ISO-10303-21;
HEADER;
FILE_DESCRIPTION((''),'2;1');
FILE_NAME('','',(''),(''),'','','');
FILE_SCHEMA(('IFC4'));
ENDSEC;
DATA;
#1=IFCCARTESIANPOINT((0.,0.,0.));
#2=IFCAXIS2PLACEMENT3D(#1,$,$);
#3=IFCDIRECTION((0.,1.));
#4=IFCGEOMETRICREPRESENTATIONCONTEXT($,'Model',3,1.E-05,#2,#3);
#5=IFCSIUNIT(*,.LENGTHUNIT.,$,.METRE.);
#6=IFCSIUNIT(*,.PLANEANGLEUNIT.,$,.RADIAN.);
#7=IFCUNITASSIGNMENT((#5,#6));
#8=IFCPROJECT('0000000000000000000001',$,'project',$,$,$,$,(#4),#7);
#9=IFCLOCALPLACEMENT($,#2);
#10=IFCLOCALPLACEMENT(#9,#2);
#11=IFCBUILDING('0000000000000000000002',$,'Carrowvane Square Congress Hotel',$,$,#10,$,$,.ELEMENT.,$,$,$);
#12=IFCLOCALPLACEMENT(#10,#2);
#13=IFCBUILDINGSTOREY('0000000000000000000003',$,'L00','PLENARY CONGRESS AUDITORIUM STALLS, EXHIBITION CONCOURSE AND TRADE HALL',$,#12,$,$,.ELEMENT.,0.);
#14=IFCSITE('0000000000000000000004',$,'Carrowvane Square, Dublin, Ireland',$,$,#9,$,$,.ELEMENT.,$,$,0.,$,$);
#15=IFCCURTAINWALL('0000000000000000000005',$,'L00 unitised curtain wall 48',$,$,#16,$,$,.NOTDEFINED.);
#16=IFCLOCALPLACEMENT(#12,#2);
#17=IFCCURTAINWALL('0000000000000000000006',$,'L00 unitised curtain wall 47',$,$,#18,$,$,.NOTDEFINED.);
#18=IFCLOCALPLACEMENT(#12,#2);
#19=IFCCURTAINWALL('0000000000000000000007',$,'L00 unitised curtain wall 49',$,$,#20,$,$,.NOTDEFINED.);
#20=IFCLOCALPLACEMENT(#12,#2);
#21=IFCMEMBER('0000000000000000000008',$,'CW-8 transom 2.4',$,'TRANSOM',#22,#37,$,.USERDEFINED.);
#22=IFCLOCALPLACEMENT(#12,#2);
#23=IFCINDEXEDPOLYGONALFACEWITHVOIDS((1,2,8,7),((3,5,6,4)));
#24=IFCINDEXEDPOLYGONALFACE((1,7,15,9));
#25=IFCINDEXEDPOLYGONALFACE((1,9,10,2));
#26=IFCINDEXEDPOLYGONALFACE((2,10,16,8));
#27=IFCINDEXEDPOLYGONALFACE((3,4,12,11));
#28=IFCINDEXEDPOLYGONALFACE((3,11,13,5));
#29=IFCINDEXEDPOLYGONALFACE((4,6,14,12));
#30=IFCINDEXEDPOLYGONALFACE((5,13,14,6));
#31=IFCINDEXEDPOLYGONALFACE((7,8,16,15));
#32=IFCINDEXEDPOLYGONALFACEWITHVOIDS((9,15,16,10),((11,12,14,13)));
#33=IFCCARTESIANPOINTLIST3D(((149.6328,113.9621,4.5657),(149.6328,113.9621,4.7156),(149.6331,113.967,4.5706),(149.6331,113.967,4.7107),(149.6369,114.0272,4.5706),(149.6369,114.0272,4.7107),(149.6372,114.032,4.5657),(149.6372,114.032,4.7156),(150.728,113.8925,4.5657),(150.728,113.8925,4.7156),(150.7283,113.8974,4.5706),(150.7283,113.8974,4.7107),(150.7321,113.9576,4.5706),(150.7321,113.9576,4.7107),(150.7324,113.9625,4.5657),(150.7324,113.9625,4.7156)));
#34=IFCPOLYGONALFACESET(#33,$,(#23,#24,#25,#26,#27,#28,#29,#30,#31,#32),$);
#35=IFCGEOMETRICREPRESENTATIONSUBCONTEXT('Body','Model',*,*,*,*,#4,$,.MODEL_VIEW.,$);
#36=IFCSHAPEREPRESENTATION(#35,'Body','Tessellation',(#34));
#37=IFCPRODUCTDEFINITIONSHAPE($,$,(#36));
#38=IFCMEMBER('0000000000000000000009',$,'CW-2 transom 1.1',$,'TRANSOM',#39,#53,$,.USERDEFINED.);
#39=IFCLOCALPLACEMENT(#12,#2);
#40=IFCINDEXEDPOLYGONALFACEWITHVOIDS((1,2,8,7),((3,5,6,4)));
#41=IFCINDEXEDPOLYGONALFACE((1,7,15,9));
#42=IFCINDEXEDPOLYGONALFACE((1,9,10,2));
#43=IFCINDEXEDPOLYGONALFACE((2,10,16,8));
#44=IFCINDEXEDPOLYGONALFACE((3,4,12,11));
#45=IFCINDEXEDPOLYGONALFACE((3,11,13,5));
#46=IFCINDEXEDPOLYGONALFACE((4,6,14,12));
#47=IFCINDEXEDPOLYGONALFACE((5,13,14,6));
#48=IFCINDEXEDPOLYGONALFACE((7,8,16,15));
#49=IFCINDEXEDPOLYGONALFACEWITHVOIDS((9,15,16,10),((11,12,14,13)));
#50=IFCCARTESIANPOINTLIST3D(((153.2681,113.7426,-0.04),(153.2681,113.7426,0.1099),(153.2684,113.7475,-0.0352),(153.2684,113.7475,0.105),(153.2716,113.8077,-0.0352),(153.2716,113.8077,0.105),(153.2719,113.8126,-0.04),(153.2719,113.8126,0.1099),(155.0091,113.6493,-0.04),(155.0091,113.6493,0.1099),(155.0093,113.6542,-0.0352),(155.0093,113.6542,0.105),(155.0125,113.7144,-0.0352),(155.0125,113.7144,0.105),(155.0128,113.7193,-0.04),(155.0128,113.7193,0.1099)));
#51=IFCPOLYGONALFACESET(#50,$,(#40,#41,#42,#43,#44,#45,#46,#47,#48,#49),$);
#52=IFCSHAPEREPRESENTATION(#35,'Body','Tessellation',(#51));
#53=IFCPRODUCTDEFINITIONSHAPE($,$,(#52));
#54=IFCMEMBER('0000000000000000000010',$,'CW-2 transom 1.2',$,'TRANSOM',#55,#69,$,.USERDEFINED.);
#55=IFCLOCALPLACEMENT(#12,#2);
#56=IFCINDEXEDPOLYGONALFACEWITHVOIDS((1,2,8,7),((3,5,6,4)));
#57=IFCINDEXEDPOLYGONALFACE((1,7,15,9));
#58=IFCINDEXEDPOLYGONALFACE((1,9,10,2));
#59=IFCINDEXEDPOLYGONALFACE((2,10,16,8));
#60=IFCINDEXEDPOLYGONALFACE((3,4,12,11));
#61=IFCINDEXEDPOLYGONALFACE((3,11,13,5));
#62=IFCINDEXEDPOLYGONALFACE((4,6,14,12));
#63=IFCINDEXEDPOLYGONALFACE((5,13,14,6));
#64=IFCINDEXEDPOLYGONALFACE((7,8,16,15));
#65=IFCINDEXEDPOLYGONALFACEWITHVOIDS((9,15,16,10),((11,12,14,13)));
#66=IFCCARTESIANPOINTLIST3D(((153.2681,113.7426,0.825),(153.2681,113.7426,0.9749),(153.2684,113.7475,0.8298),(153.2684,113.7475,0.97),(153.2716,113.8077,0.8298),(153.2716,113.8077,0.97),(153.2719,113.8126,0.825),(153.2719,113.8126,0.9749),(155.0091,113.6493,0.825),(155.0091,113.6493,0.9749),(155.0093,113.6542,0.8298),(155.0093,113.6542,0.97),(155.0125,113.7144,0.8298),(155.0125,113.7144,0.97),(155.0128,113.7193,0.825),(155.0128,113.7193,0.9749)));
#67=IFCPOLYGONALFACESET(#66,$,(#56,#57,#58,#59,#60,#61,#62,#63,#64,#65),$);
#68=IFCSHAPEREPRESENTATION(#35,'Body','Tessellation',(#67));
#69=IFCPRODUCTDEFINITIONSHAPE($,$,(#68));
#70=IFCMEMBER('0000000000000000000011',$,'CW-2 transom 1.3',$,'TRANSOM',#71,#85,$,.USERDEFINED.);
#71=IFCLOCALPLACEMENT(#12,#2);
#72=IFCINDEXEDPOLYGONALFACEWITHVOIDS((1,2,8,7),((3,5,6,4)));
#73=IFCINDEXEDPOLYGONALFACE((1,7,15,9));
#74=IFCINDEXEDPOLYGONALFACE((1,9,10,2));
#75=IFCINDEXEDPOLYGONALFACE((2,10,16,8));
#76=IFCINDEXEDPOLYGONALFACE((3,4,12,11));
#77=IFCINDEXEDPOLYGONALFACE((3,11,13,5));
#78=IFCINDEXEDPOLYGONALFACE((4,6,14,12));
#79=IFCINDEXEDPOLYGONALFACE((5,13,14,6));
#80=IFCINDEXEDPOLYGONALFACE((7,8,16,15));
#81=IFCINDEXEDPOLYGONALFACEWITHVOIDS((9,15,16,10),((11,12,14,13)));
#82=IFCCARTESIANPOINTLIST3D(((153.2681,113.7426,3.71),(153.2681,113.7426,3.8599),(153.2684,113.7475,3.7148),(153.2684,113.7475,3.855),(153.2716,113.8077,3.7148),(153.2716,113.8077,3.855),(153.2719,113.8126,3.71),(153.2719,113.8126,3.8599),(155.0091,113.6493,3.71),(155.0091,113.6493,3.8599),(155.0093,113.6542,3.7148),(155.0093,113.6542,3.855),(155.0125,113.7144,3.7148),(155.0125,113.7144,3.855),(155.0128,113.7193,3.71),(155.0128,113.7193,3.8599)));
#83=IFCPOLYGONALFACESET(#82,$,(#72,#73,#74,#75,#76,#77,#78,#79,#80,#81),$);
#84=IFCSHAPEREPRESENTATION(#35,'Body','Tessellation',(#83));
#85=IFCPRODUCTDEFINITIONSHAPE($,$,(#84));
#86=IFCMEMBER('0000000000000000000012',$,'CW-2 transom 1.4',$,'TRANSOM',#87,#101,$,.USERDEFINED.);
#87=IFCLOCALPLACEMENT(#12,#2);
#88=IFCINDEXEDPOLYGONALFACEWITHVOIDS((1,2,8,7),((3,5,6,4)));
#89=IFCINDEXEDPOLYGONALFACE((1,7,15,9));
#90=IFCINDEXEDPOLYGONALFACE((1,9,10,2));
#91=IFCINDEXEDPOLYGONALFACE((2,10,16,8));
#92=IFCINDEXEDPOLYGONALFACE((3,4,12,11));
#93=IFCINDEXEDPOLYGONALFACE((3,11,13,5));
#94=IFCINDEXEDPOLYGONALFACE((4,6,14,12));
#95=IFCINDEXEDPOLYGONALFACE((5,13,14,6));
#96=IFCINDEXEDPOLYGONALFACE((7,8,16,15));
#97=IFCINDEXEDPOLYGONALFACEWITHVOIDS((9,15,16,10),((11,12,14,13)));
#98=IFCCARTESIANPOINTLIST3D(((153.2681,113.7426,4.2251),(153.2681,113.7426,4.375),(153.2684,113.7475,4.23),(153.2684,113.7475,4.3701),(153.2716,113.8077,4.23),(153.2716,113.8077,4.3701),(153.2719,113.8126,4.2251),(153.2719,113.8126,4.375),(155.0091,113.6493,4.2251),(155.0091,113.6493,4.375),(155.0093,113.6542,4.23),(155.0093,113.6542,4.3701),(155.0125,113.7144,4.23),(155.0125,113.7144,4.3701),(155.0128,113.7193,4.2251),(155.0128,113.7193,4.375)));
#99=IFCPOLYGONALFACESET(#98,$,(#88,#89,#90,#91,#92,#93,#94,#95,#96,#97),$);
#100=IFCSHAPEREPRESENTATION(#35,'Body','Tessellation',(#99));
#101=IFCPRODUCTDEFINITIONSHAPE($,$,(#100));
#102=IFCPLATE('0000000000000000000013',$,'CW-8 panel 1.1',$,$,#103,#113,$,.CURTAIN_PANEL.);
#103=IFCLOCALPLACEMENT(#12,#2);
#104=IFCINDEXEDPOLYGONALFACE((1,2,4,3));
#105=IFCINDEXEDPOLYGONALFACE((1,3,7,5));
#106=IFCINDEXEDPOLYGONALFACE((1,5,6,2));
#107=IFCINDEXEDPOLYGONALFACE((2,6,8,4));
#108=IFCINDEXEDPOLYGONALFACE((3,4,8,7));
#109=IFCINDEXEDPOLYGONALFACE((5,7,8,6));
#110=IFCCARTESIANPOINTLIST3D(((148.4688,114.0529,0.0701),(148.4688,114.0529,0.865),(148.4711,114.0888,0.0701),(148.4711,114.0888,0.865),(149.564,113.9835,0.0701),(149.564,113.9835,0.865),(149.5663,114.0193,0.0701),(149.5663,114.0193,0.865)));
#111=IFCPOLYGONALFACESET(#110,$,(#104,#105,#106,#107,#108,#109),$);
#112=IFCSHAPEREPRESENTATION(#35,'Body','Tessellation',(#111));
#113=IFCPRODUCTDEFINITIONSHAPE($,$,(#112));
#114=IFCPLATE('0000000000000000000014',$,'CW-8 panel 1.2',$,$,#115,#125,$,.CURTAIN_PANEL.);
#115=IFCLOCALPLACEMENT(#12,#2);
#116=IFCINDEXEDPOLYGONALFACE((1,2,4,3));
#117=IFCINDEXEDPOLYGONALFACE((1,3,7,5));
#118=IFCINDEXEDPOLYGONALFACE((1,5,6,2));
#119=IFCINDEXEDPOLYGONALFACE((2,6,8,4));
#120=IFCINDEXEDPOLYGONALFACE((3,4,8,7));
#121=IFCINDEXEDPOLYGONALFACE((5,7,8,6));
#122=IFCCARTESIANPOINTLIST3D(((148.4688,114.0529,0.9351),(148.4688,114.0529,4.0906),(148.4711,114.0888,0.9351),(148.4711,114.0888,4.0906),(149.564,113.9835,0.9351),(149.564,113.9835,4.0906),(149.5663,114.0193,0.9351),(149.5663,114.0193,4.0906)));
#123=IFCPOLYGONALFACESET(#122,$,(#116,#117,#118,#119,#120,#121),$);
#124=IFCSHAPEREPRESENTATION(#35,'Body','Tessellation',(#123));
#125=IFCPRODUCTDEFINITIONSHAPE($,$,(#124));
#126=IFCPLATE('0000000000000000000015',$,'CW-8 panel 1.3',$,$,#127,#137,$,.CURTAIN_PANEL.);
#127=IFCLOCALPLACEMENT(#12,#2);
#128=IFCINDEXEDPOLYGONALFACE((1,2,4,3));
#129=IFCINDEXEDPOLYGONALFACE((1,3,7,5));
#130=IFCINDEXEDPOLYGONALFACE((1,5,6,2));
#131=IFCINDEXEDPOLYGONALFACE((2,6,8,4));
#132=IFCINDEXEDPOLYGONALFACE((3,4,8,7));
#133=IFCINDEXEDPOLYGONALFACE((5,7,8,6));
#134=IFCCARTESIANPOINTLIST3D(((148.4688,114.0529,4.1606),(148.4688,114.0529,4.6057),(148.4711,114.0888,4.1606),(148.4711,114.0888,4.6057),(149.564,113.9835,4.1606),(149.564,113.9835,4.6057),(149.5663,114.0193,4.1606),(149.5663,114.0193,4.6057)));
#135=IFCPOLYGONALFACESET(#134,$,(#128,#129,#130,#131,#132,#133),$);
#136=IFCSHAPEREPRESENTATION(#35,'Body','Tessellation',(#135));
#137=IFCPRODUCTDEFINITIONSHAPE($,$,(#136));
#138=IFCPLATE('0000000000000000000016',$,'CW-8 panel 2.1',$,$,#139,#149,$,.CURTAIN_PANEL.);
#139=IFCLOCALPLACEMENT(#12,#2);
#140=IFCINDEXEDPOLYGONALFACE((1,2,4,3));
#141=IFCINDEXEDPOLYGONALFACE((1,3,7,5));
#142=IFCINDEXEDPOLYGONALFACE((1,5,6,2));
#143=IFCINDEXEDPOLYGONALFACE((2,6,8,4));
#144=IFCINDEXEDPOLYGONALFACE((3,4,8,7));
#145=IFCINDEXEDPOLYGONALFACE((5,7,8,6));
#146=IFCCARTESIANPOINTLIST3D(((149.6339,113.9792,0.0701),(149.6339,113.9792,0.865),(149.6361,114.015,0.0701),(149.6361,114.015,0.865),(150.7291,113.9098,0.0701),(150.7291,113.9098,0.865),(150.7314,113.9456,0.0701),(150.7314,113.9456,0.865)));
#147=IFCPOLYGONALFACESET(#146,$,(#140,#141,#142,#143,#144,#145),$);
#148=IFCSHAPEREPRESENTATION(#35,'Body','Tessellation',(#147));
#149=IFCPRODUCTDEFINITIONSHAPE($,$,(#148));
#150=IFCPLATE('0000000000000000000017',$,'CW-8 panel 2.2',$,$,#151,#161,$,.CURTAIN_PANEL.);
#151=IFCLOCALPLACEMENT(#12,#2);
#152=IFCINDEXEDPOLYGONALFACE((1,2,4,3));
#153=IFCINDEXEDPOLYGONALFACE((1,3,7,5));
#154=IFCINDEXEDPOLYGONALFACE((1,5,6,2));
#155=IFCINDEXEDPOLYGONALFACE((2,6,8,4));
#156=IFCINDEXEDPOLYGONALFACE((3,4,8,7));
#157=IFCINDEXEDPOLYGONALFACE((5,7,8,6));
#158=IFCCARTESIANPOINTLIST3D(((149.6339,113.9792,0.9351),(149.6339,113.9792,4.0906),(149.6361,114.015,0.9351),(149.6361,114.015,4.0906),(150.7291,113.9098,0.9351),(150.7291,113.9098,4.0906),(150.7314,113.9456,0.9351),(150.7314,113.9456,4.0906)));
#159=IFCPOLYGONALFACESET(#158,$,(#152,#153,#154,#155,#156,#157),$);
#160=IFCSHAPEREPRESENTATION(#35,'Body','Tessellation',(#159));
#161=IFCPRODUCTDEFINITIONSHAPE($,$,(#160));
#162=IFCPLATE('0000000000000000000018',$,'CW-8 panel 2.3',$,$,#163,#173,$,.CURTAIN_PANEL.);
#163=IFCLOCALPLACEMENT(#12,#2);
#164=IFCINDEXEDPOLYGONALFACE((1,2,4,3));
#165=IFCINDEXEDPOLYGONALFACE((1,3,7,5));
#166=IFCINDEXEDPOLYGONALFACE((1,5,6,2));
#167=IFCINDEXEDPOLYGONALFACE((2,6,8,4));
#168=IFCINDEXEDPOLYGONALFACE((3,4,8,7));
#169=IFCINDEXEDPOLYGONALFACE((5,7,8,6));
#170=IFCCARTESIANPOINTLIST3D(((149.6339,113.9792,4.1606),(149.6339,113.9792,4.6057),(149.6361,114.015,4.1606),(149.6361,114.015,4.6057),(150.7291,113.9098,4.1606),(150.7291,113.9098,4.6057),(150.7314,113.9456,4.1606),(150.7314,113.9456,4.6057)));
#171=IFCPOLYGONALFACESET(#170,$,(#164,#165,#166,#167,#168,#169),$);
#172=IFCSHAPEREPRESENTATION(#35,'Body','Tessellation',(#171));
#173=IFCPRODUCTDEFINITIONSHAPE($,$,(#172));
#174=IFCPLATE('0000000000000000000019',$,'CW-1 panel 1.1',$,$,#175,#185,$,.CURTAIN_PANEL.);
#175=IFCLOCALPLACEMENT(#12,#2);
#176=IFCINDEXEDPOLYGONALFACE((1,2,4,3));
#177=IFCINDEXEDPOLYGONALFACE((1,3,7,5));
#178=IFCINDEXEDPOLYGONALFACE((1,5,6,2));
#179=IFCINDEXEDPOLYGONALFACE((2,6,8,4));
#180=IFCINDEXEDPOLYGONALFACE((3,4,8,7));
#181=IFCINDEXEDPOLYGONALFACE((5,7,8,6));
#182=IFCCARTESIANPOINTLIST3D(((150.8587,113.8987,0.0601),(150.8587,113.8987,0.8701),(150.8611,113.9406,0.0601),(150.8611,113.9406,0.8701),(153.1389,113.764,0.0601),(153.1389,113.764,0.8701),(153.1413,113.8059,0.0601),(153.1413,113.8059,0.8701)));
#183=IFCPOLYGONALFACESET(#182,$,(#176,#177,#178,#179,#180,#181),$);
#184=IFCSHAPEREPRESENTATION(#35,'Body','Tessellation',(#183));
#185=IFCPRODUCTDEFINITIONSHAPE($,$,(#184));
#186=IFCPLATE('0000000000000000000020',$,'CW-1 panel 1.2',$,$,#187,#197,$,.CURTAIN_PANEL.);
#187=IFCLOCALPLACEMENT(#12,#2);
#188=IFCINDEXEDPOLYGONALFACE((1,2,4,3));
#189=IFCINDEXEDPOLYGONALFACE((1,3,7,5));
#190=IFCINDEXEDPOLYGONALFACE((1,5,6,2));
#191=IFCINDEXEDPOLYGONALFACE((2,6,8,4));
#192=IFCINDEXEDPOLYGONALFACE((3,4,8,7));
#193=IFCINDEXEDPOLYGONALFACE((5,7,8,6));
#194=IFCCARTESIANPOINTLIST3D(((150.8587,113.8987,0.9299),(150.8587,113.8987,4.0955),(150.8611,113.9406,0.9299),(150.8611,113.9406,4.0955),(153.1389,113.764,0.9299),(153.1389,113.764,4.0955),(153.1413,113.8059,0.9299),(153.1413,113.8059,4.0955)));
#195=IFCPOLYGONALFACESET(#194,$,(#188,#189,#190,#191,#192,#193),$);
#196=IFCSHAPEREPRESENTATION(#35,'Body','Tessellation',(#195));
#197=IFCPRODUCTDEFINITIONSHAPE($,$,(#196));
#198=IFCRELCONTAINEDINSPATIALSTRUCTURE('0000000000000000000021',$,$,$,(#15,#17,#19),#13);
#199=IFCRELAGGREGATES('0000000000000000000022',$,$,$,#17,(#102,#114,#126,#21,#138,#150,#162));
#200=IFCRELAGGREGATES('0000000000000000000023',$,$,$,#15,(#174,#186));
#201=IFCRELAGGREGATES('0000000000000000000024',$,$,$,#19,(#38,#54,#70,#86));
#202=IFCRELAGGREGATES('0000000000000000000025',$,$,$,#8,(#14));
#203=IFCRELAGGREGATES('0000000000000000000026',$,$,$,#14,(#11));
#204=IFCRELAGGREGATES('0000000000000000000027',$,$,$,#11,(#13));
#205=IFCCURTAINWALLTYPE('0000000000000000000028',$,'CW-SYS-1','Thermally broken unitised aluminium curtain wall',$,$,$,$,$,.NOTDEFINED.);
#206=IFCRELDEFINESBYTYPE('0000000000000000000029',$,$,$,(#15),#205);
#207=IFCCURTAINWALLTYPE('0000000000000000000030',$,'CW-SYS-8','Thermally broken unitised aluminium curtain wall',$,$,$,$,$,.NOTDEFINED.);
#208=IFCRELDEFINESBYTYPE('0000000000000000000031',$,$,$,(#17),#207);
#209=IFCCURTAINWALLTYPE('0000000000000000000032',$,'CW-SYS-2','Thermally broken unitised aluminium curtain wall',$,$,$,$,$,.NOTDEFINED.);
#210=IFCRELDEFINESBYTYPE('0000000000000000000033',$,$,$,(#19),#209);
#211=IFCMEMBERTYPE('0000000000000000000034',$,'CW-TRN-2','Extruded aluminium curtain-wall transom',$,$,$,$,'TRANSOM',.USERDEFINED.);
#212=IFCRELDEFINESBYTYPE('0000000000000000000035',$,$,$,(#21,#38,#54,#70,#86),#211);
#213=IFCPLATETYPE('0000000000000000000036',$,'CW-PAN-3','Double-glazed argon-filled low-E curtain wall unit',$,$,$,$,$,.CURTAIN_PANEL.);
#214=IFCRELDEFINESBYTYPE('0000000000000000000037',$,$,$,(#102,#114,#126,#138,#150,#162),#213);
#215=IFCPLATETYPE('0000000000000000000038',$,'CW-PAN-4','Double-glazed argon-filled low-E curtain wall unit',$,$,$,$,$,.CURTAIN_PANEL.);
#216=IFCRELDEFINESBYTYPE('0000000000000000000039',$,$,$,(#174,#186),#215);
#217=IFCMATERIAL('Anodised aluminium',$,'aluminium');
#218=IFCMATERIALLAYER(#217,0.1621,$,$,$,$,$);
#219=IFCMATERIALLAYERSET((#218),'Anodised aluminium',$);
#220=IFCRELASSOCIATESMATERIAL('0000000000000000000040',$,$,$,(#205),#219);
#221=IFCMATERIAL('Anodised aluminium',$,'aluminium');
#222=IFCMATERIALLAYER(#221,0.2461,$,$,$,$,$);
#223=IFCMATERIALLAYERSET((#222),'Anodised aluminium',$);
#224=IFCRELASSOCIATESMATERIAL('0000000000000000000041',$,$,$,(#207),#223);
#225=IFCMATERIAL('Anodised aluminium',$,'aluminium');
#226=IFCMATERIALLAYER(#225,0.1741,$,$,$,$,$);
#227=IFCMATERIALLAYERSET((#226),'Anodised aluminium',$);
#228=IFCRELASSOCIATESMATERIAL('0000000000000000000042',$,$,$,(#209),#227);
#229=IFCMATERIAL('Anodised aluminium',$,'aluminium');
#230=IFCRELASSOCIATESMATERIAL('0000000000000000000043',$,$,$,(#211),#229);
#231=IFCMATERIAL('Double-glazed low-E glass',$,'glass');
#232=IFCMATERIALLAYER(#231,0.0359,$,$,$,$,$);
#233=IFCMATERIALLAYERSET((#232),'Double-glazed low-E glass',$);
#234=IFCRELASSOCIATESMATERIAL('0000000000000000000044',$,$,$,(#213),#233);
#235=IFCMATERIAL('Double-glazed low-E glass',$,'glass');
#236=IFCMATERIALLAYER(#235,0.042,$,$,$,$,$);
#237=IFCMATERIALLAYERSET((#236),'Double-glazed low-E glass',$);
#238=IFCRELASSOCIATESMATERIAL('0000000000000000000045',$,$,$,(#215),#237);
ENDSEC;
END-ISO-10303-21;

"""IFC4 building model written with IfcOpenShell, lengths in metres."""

from ifc_helpers import new_model, si_unit, direction, frame, origin, origin_2d, place, context, subcontext, project, spatial, rectangle, hollow_rectangle, extrude, material, layer, layer_set, material_profile, profile_set, type_object, element, aggregate, save


model = new_model("IFC4")

# Units and contexts
model_context = context("Model", 3, precision=1e-05, world=origin(), true_north=direction((0.0, 1.0)))
body_context = subcontext(model_context, "Body", "Model", "MODEL_VIEW")
ifc_project = project(units=[si_unit("LENGTHUNIT", "METRE"), si_unit("PLANEANGLEUNIT", "RADIAN")], contexts=[model_context])

# Site, building, storey
site_placement = place(None, origin())
site = spatial("IfcSite", under=ifc_project, at=site_placement, Name="Carrowvane Square, Dublin, Ireland", CompositionType="ELEMENT", RefElevation=0.0)
building_placement = place(site_placement, origin())
building = spatial("IfcBuilding", under=site, at=building_placement, Name="Carrowvane Square Congress Hotel", CompositionType="ELEMENT")
storey_placement = place(building_placement, origin())
storey = spatial("IfcBuildingStorey", under=building, at=storey_placement, Name="L00", Description="PLENARY CONGRESS AUDITORIUM STALLS, EXHIBITION CONCOURSE AND TRADE HALL", CompositionType="ELEMENT", Elevation=0.0)

# Curtain wall
ifc_material_1 = material(Name="Anodised aluminium", Category="aluminium")
ifc_layer_1 = layer(ifc_material_1, 0.1621)
ifc_layer_set_1 = layer_set([ifc_layer_1], Name="Anodised aluminium")
curtain_wall_type_1 = type_object("IfcCurtainWallType", Name="CW-SYS-1", Description="Thermally broken unitised aluminium curtain wall", PredefinedType="NOTDEFINED", material=ifc_layer_set_1)
curtain_wall_1_placement = place(storey_placement, origin())
curtain_wall_1 = element("IfcCurtainWall", 1, at=curtain_wall_1_placement, inside=storey, type_object=curtain_wall_type_1, Name="L00 unitised curtain wall 48", PredefinedType="NOTDEFINED")

# Curtain walls
ifc_material_2 = material(Name="Anodised aluminium", Category="aluminium")
ifc_layer_2 = layer(ifc_material_2, 0.2461)
ifc_layer_set_2 = layer_set([ifc_layer_2], Name="Anodised aluminium")
curtain_wall_type_2 = type_object("IfcCurtainWallType", Name="CW-SYS-8", Description="Thermally broken unitised aluminium curtain wall", PredefinedType="NOTDEFINED", material=ifc_layer_set_2)
curtain_wall_2_placement = place(storey_placement, origin())
curtain_wall_2 = element("IfcCurtainWall", 2, at=curtain_wall_2_placement, inside=storey, type_object=curtain_wall_type_2, Name="L00 unitised curtain wall 47", PredefinedType="NOTDEFINED")
ifc_material_3 = material(Name="Anodised aluminium", Category="aluminium")
ifc_layer_3 = layer(ifc_material_3, 0.1741)
ifc_layer_set_3 = layer_set([ifc_layer_3], Name="Anodised aluminium")
curtain_wall_type_3 = type_object("IfcCurtainWallType", Name="CW-SYS-2", Description="Thermally broken unitised aluminium curtain wall", PredefinedType="NOTDEFINED", material=ifc_layer_set_3)
curtain_wall_3_placement = place(storey_placement, origin())
curtain_wall_3 = element("IfcCurtainWall", 3, at=curtain_wall_3_placement, inside=storey, type_object=curtain_wall_type_3, Name="L00 unitised curtain wall 49", PredefinedType="NOTDEFINED")

# Members
ifc_material_4 = material(Name="Anodised aluminium", Category="aluminium")
ifc_material_profile_1 = material_profile(ifc_material_4, hollow_rectangle(XDim=0.0701, YDim=0.1499, WallThickness=0.0049, at=origin_2d()), Name="CW-TR 70x150x5")
ifc_profile_set_1 = profile_set([ifc_material_profile_1], Name="Anodised aluminium")
member_type_1 = type_object("IfcMemberType", Name="CW-TRN-2", Description="Extruded aluminium curtain-wall transom", ElementType="TRANSOM", PredefinedType="USERDEFINED", material=ifc_profile_set_1)
member_1_placement = place(storey_placement, frame((149.635, 113.9971, 4.6406), z_axis=(0.997988, -0.063403, 0.0), x_axis=(0.063403, 0.997988, 0.0)))
member_1 = element("IfcMember", 4, at=member_1_placement, type_object=member_type_1, Name="CW-8 transom 2.4", ObjectType="TRANSOM", PredefinedType="USERDEFINED", context=body_context, shape_type="SweptSolid", body=[
    extrude(hollow_rectangle(XDim=0.0701, YDim=0.1499, WallThickness=0.0049, at=origin_2d()), origin(), (0.0, 0.0, 1.0), 1.0974),
])
member_2_placement = place(storey_placement, frame((153.27, 113.7776, 0.0349), z_axis=(0.998568, -0.053492, 0.0), x_axis=(0.053492, 0.998568, 0.0)))
member_2 = element("IfcMember", 5, at=member_2_placement, type_object=member_type_1, Name="CW-2 transom 1.1", ObjectType="TRANSOM", PredefinedType="USERDEFINED", context=body_context, shape_type="SweptSolid", body=[
    extrude(hollow_rectangle(XDim=0.0701, YDim=0.1499, WallThickness=0.0049, at=origin_2d()), origin(), (0.0, 0.0, 1.0), 1.7434),
])
member_3_placement = place(storey_placement, frame((153.27, 113.7776, 0.8999), z_axis=(0.998568, -0.053492, 0.0), x_axis=(0.053492, 0.998568, 0.0)))
member_3 = element("IfcMember", 6, at=member_3_placement, type_object=member_type_1, Name="CW-2 transom 1.2", ObjectType="TRANSOM", PredefinedType="USERDEFINED", context=body_context, shape_type="SweptSolid", body=[
    extrude(hollow_rectangle(XDim=0.0701, YDim=0.1499, WallThickness=0.0049, at=origin_2d()), origin(), (0.0, 0.0, 1.0), 1.7434),
])
member_4_placement = place(storey_placement, frame((153.27, 113.7776, 3.7849), z_axis=(0.998568, -0.053492, 0.0), x_axis=(0.053492, 0.998568, 0.0)))
member_4 = element("IfcMember", 7, at=member_4_placement, type_object=member_type_1, Name="CW-2 transom 1.3", ObjectType="TRANSOM", PredefinedType="USERDEFINED", context=body_context, shape_type="SweptSolid", body=[
    extrude(hollow_rectangle(XDim=0.0701, YDim=0.1499, WallThickness=0.0049, at=origin_2d()), origin(), (0.0, 0.0, 1.0), 1.7434),
])
member_5_placement = place(storey_placement, frame((153.27, 113.7776, 4.3), z_axis=(0.998568, -0.053492, 0.0), x_axis=(0.053492, 0.998568, 0.0)))
member_5 = element("IfcMember", 8, at=member_5_placement, type_object=member_type_1, Name="CW-2 transom 1.4", ObjectType="TRANSOM", PredefinedType="USERDEFINED", context=body_context, shape_type="SweptSolid", body=[
    extrude(hollow_rectangle(XDim=0.0701, YDim=0.1499, WallThickness=0.0049, at=origin_2d()), origin(), (0.0, 0.0, 1.0), 1.7434),
])

# Plates
ifc_material_5 = material(Name="Double-glazed low-E glass", Category="glass")
ifc_layer_4 = layer(ifc_material_5, 0.0359)
ifc_layer_set_4 = layer_set([ifc_layer_4], Name="Double-glazed low-E glass")
plate_type_1 = type_object("IfcPlateType", Name="CW-PAN-3", Description="Double-glazed argon-filled low-E curtain wall unit", PredefinedType="CURTAIN_PANEL", material=ifc_layer_set_4)
plate_1_placement = place(storey_placement, frame((149.0176, 114.0361, 0.0701), z_axis=(0.0, 0.0, 1.0), x_axis=(0.997996, -0.063273, 0.0)))
plate_1 = element("IfcPlate", 9, at=plate_1_placement, type_object=plate_type_1, Name="CW-8 panel 1.1", PredefinedType="CURTAIN_PANEL", context=body_context, shape_type="SweptSolid", body=[
    extrude(rectangle(XDim=1.0974, YDim=0.0359, at=origin_2d()), origin(), (0.0, 0.0, 1.0), 0.7949),
])
plate_2_placement = place(storey_placement, frame((149.0176, 114.0361, 0.9351), z_axis=(0.0, 0.0, 1.0), x_axis=(0.997996, -0.063273, 0.0)))
plate_2 = element("IfcPlate", 10, at=plate_2_placement, type_object=plate_type_1, Name="CW-8 panel 1.2", PredefinedType="CURTAIN_PANEL", context=body_context, shape_type="SweptSolid", body=[
    extrude(rectangle(XDim=1.0974, YDim=0.0359, at=origin_2d()), origin(), (0.0, 0.0, 1.0), 3.1555),
])
plate_3_placement = place(storey_placement, frame((149.0176, 114.0361, 4.1606), z_axis=(0.0, 0.0, 1.0), x_axis=(0.997996, -0.063273, 0.0)))
plate_3 = element("IfcPlate", 11, at=plate_3_placement, type_object=plate_type_1, Name="CW-8 panel 1.3", PredefinedType="CURTAIN_PANEL", context=body_context, shape_type="SweptSolid", body=[
    extrude(rectangle(XDim=1.0974, YDim=0.0359, at=origin_2d()), origin(), (0.0, 0.0, 1.0), 0.4451),
])
plate_4_placement = place(storey_placement, frame((150.1826, 113.9624, 0.0701), z_axis=(0.0, 0.0, 1.0), x_axis=(0.997996, -0.063273, 0.0)))
plate_4 = element("IfcPlate", 12, at=plate_4_placement, type_object=plate_type_1, Name="CW-8 panel 2.1", PredefinedType="CURTAIN_PANEL", context=body_context, shape_type="SweptSolid", body=[
    extrude(rectangle(XDim=1.0974, YDim=0.0359, at=origin_2d()), origin(), (0.0, 0.0, 1.0), 0.7949),
])
plate_5_placement = place(storey_placement, frame((150.1826, 113.9624, 0.9351), z_axis=(0.0, 0.0, 1.0), x_axis=(0.997996, -0.063273, 0.0)))
plate_5 = element("IfcPlate", 13, at=plate_5_placement, type_object=plate_type_1, Name="CW-8 panel 2.2", PredefinedType="CURTAIN_PANEL", context=body_context, shape_type="SweptSolid", body=[
    extrude(rectangle(XDim=1.0974, YDim=0.0359, at=origin_2d()), origin(), (0.0, 0.0, 1.0), 3.1555),
])
plate_6_placement = place(storey_placement, frame((150.1826, 113.9624, 4.1606), z_axis=(0.0, 0.0, 1.0), x_axis=(0.997996, -0.063273, 0.0)))
plate_6 = element("IfcPlate", 14, at=plate_6_placement, type_object=plate_type_1, Name="CW-8 panel 2.3", PredefinedType="CURTAIN_PANEL", context=body_context, shape_type="SweptSolid", body=[
    extrude(rectangle(XDim=1.0974, YDim=0.0359, at=origin_2d()), origin(), (0.0, 0.0, 1.0), 0.4451),
])
aggregate(curtain_wall_2, [plate_1, plate_2, plate_3, member_1, plate_4, plate_5, plate_6])
ifc_material_6 = material(Name="Double-glazed low-E glass", Category="glass")
ifc_layer_5 = layer(ifc_material_6, 0.042)
ifc_layer_set_5 = layer_set([ifc_layer_5], Name="Double-glazed low-E glass")
plate_type_2 = type_object("IfcPlateType", Name="CW-PAN-4", Description="Double-glazed argon-filled low-E curtain wall unit", PredefinedType="CURTAIN_PANEL", material=ifc_layer_set_5)
plate_7_placement = place(storey_placement, frame((152.0, 113.8523, 0.0601), z_axis=(0.0, 0.0, 1.0), x_axis=(0.998259, -0.058989, 0.0)))
plate_7 = element("IfcPlate", 15, at=plate_7_placement, type_object=plate_type_2, Name="CW-1 panel 1.1", PredefinedType="CURTAIN_PANEL", context=body_context, shape_type="SweptSolid", body=[
    extrude(rectangle(XDim=2.2842, YDim=0.042, at=origin_2d()), origin(), (0.0, 0.0, 1.0), 0.8101),
])
plate_8_placement = place(storey_placement, frame((152.0, 113.8523, 0.9299), z_axis=(0.0, 0.0, 1.0), x_axis=(0.998259, -0.058989, 0.0)))
plate_8 = element("IfcPlate", 16, at=plate_8_placement, type_object=plate_type_2, Name="CW-1 panel 1.2", PredefinedType="CURTAIN_PANEL", context=body_context, shape_type="SweptSolid", body=[
    extrude(rectangle(XDim=2.2842, YDim=0.042, at=origin_2d()), origin(), (0.0, 0.0, 1.0), 3.1655),
])
aggregate(curtain_wall_1, [plate_7, plate_8])
aggregate(curtain_wall_3, [member_2, member_3, member_4, member_5])

save(model, "model.ifc")
